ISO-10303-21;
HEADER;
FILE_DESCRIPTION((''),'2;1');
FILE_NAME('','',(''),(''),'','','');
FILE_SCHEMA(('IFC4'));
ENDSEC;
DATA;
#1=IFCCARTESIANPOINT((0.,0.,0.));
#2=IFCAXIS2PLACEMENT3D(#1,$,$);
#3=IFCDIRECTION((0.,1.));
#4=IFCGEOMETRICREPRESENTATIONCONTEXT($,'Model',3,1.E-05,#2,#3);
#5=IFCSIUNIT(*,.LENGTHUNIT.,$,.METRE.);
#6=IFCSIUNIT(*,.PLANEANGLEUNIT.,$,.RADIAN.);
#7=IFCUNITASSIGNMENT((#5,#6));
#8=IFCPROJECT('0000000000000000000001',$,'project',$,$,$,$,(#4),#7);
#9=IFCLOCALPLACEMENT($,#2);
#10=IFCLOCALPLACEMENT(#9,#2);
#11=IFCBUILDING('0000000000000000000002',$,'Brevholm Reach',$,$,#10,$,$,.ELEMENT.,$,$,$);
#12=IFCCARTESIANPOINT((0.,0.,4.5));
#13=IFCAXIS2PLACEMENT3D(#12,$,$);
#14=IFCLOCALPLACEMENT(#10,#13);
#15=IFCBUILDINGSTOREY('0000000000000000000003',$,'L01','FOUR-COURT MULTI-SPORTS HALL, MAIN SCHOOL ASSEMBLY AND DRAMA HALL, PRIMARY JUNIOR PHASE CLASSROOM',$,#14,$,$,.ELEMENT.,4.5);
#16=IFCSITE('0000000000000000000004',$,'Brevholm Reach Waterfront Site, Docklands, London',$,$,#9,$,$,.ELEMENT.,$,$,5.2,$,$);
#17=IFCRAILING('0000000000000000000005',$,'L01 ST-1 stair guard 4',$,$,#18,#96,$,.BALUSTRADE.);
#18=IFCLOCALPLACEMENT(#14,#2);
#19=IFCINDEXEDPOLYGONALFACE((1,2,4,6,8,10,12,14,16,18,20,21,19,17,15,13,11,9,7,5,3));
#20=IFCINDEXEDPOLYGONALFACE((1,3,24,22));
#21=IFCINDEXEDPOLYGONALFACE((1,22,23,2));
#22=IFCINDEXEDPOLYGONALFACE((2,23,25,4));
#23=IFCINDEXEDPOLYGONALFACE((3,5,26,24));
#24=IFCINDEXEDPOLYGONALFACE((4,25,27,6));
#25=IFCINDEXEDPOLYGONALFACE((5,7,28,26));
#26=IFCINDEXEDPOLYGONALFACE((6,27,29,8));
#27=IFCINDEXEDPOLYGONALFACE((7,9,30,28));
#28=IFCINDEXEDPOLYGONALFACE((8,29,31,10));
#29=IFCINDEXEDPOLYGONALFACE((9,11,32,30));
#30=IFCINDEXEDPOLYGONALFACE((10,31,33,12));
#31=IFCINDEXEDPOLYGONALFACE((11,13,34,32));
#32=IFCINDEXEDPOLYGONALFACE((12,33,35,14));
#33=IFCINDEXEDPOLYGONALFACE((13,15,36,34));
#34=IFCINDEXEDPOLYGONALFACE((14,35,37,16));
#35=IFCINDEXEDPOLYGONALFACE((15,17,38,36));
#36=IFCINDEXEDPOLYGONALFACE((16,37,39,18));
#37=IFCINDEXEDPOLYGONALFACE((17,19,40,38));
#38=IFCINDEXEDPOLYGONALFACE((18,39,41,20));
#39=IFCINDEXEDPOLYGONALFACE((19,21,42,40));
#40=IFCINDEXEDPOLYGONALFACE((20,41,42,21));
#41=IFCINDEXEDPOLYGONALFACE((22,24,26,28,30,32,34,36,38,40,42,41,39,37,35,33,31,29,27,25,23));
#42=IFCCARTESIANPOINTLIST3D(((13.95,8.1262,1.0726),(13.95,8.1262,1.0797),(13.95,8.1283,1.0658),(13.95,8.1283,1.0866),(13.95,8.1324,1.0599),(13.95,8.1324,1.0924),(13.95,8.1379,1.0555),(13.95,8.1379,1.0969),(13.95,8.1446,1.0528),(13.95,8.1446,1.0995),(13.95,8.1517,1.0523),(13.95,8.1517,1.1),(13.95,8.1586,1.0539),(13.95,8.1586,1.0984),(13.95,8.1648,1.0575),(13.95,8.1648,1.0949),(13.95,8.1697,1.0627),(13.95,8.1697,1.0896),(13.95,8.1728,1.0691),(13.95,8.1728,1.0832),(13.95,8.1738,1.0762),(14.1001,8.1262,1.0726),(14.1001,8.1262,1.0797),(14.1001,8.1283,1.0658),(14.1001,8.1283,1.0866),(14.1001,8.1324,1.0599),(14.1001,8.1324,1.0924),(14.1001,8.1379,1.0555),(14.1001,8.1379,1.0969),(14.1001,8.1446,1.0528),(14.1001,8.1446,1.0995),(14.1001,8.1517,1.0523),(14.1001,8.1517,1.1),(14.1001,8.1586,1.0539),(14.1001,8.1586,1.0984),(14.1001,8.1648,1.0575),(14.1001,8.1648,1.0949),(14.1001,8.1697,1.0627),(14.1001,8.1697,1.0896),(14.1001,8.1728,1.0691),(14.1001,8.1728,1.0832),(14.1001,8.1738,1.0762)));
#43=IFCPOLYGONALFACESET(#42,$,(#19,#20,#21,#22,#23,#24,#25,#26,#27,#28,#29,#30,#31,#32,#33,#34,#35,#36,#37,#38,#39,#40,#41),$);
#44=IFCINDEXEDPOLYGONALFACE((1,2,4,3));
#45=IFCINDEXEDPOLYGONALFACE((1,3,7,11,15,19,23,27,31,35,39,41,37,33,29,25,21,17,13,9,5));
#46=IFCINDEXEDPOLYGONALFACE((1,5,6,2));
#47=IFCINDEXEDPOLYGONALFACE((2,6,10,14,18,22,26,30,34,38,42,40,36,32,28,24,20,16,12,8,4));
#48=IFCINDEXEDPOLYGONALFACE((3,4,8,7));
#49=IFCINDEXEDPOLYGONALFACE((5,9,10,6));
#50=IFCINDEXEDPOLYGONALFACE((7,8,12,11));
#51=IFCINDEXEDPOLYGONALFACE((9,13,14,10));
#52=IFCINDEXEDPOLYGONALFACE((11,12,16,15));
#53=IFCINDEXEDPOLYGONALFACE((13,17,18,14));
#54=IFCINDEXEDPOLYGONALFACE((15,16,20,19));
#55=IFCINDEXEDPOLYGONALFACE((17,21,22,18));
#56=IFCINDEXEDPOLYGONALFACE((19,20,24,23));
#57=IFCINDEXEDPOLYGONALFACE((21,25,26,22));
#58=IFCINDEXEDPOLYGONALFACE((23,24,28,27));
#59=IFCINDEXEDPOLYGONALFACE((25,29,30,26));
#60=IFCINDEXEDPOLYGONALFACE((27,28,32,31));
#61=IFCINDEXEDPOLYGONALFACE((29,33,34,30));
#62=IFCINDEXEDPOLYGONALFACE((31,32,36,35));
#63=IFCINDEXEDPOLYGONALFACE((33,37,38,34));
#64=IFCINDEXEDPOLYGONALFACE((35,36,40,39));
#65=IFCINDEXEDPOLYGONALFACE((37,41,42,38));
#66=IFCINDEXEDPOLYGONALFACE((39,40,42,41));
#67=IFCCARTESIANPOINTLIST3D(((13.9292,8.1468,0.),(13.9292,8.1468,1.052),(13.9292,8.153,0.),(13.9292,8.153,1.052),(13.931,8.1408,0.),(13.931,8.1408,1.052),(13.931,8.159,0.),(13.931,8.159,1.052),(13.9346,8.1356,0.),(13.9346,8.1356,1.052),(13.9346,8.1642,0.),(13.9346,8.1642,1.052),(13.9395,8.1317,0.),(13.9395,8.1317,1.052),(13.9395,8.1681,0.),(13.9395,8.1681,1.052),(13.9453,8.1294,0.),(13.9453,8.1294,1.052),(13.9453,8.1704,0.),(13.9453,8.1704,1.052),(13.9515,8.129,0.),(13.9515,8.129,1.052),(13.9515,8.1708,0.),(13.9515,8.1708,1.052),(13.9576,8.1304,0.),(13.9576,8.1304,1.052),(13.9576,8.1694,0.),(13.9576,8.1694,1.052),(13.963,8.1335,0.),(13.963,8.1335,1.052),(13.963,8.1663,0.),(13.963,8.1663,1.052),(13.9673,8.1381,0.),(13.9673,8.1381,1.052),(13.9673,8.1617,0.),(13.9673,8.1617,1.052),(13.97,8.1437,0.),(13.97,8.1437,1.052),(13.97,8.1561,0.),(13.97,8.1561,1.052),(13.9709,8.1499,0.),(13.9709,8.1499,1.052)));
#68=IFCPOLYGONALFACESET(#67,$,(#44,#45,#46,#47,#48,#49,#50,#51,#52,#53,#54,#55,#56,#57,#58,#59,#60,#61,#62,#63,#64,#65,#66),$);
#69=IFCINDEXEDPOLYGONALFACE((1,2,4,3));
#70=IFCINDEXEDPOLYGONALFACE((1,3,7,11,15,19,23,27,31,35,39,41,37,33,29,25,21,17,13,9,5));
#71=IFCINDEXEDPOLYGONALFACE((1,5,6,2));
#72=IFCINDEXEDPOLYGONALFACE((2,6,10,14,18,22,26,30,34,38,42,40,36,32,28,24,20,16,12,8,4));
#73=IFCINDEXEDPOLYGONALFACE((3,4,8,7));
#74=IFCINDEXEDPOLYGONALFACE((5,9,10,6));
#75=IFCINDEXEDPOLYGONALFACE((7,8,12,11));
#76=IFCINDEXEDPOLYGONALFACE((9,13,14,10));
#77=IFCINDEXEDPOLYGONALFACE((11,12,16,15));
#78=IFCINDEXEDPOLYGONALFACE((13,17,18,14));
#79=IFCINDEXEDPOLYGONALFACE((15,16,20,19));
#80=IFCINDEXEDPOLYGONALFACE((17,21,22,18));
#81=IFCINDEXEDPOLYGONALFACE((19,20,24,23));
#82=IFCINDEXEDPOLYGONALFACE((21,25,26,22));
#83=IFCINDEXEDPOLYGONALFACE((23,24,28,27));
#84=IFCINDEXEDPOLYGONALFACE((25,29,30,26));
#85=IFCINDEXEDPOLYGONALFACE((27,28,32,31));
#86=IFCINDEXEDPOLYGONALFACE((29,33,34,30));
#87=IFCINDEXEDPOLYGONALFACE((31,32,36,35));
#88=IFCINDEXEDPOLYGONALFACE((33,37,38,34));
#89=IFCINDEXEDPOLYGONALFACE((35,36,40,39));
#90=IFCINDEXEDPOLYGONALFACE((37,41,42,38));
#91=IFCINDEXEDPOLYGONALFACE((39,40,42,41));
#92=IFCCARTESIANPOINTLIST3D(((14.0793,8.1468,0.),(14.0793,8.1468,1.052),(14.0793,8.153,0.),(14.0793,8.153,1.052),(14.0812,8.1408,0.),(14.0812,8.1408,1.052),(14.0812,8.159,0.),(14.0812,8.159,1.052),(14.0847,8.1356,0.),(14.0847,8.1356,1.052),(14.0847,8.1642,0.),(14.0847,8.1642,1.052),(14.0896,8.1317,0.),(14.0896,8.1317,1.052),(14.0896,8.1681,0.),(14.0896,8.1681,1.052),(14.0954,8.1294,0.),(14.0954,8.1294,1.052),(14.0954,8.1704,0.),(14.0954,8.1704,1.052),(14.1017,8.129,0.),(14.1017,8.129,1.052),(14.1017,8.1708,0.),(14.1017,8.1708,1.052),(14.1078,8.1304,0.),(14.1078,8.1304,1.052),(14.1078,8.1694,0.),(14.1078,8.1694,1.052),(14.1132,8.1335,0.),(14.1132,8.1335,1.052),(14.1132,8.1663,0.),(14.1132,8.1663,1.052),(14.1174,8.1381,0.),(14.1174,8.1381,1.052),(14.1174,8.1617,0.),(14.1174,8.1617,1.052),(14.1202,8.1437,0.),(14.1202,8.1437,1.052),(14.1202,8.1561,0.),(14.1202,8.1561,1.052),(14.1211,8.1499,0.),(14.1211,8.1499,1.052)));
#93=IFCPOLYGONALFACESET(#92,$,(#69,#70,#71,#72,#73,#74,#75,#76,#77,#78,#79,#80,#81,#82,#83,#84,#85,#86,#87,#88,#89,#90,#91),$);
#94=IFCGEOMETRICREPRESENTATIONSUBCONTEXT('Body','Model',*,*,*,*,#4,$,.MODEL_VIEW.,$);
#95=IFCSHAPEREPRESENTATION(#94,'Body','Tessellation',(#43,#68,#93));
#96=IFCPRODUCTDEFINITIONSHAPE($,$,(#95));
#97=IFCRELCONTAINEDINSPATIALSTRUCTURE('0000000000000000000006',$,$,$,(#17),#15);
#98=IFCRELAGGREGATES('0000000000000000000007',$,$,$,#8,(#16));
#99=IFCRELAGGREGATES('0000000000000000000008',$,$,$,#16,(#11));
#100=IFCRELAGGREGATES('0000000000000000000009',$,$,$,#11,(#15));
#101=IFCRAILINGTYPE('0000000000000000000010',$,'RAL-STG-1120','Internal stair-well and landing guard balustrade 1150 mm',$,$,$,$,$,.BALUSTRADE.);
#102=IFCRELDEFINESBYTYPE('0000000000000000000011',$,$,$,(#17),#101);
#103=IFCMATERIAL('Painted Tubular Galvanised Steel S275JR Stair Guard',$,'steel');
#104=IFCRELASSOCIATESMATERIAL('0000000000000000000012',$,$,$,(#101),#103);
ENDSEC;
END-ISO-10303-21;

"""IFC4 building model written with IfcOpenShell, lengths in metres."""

from ifc_helpers import new_model, si_unit, direction, frame, origin, origin_2d, place, context, subcontext, project, spatial, circle, extrude, material, type_object, element, save


model = new_model("IFC4")

# Units and contexts
model_context = context("Model", 3, precision=1e-05, world=origin(), true_north=direction((0.0, 1.0)))
body_context = subcontext(model_context, "Body", "Model", "MODEL_VIEW")
ifc_project = project(units=[si_unit("LENGTHUNIT", "METRE"), si_unit("PLANEANGLEUNIT", "RADIAN")], contexts=[model_context])

# Site, building, storey
site_placement = place(None, origin())
site = spatial("IfcSite", under=ifc_project, at=site_placement, Name="Brevholm Reach Waterfront Site, Docklands, London", CompositionType="ELEMENT", RefElevation=5.2)
building_placement = place(site_placement, origin())
building = spatial("IfcBuilding", under=site, at=building_placement, Name="Brevholm Reach", CompositionType="ELEMENT")
storey_placement = place(building_placement, frame((0.0, 0.0, 4.5)))
storey = spatial("IfcBuildingStorey", under=building, at=storey_placement, Name="L01", Description="FOUR-COURT MULTI-SPORTS HALL, MAIN SCHOOL ASSEMBLY AND DRAMA HALL, PRIMARY JUNIOR PHASE CLASSROOM", CompositionType="ELEMENT", Elevation=4.5)

# Railing
ifc_material_1 = material(Name="Painted Tubular Galvanised Steel S275JR Stair Guard", Category="steel")
railing_type_1 = type_object("IfcRailingType", Name="RAL-STG-1120", Description="Internal stair-well and landing guard balustrade 1150 mm", PredefinedType="BALUSTRADE", material=ifc_material_1)
railing_1_placement = place(storey_placement, frame((13.95, 8.1499, 0.0)))
element("IfcRailing", 1, at=railing_1_placement, inside=storey, type_object=railing_type_1, Name="L01 ST-1 stair guard 4", PredefinedType="BALUSTRADE", context=body_context, shape_type="SweptSolid", body=[
    extrude(circle(Radius=0.0239, at=origin_2d()), frame((0.0, 0.0, 1.0762), z_axis=(1.0, 0.0, 0.0), x_axis=(0.0, 1.0, 0.0)), (0.0, 0.0, 1.0), 0.1501),
    extrude(circle(Radius=0.021, at=origin_2d()), origin(), (0.0, 0.0, 1.0), 1.052),
    extrude(circle(Radius=0.021, at=origin_2d()), frame((0.1501, 0.0, 0.0)), (0.0, 0.0, 1.0), 1.052),
])

save(model, "model.ifc")
